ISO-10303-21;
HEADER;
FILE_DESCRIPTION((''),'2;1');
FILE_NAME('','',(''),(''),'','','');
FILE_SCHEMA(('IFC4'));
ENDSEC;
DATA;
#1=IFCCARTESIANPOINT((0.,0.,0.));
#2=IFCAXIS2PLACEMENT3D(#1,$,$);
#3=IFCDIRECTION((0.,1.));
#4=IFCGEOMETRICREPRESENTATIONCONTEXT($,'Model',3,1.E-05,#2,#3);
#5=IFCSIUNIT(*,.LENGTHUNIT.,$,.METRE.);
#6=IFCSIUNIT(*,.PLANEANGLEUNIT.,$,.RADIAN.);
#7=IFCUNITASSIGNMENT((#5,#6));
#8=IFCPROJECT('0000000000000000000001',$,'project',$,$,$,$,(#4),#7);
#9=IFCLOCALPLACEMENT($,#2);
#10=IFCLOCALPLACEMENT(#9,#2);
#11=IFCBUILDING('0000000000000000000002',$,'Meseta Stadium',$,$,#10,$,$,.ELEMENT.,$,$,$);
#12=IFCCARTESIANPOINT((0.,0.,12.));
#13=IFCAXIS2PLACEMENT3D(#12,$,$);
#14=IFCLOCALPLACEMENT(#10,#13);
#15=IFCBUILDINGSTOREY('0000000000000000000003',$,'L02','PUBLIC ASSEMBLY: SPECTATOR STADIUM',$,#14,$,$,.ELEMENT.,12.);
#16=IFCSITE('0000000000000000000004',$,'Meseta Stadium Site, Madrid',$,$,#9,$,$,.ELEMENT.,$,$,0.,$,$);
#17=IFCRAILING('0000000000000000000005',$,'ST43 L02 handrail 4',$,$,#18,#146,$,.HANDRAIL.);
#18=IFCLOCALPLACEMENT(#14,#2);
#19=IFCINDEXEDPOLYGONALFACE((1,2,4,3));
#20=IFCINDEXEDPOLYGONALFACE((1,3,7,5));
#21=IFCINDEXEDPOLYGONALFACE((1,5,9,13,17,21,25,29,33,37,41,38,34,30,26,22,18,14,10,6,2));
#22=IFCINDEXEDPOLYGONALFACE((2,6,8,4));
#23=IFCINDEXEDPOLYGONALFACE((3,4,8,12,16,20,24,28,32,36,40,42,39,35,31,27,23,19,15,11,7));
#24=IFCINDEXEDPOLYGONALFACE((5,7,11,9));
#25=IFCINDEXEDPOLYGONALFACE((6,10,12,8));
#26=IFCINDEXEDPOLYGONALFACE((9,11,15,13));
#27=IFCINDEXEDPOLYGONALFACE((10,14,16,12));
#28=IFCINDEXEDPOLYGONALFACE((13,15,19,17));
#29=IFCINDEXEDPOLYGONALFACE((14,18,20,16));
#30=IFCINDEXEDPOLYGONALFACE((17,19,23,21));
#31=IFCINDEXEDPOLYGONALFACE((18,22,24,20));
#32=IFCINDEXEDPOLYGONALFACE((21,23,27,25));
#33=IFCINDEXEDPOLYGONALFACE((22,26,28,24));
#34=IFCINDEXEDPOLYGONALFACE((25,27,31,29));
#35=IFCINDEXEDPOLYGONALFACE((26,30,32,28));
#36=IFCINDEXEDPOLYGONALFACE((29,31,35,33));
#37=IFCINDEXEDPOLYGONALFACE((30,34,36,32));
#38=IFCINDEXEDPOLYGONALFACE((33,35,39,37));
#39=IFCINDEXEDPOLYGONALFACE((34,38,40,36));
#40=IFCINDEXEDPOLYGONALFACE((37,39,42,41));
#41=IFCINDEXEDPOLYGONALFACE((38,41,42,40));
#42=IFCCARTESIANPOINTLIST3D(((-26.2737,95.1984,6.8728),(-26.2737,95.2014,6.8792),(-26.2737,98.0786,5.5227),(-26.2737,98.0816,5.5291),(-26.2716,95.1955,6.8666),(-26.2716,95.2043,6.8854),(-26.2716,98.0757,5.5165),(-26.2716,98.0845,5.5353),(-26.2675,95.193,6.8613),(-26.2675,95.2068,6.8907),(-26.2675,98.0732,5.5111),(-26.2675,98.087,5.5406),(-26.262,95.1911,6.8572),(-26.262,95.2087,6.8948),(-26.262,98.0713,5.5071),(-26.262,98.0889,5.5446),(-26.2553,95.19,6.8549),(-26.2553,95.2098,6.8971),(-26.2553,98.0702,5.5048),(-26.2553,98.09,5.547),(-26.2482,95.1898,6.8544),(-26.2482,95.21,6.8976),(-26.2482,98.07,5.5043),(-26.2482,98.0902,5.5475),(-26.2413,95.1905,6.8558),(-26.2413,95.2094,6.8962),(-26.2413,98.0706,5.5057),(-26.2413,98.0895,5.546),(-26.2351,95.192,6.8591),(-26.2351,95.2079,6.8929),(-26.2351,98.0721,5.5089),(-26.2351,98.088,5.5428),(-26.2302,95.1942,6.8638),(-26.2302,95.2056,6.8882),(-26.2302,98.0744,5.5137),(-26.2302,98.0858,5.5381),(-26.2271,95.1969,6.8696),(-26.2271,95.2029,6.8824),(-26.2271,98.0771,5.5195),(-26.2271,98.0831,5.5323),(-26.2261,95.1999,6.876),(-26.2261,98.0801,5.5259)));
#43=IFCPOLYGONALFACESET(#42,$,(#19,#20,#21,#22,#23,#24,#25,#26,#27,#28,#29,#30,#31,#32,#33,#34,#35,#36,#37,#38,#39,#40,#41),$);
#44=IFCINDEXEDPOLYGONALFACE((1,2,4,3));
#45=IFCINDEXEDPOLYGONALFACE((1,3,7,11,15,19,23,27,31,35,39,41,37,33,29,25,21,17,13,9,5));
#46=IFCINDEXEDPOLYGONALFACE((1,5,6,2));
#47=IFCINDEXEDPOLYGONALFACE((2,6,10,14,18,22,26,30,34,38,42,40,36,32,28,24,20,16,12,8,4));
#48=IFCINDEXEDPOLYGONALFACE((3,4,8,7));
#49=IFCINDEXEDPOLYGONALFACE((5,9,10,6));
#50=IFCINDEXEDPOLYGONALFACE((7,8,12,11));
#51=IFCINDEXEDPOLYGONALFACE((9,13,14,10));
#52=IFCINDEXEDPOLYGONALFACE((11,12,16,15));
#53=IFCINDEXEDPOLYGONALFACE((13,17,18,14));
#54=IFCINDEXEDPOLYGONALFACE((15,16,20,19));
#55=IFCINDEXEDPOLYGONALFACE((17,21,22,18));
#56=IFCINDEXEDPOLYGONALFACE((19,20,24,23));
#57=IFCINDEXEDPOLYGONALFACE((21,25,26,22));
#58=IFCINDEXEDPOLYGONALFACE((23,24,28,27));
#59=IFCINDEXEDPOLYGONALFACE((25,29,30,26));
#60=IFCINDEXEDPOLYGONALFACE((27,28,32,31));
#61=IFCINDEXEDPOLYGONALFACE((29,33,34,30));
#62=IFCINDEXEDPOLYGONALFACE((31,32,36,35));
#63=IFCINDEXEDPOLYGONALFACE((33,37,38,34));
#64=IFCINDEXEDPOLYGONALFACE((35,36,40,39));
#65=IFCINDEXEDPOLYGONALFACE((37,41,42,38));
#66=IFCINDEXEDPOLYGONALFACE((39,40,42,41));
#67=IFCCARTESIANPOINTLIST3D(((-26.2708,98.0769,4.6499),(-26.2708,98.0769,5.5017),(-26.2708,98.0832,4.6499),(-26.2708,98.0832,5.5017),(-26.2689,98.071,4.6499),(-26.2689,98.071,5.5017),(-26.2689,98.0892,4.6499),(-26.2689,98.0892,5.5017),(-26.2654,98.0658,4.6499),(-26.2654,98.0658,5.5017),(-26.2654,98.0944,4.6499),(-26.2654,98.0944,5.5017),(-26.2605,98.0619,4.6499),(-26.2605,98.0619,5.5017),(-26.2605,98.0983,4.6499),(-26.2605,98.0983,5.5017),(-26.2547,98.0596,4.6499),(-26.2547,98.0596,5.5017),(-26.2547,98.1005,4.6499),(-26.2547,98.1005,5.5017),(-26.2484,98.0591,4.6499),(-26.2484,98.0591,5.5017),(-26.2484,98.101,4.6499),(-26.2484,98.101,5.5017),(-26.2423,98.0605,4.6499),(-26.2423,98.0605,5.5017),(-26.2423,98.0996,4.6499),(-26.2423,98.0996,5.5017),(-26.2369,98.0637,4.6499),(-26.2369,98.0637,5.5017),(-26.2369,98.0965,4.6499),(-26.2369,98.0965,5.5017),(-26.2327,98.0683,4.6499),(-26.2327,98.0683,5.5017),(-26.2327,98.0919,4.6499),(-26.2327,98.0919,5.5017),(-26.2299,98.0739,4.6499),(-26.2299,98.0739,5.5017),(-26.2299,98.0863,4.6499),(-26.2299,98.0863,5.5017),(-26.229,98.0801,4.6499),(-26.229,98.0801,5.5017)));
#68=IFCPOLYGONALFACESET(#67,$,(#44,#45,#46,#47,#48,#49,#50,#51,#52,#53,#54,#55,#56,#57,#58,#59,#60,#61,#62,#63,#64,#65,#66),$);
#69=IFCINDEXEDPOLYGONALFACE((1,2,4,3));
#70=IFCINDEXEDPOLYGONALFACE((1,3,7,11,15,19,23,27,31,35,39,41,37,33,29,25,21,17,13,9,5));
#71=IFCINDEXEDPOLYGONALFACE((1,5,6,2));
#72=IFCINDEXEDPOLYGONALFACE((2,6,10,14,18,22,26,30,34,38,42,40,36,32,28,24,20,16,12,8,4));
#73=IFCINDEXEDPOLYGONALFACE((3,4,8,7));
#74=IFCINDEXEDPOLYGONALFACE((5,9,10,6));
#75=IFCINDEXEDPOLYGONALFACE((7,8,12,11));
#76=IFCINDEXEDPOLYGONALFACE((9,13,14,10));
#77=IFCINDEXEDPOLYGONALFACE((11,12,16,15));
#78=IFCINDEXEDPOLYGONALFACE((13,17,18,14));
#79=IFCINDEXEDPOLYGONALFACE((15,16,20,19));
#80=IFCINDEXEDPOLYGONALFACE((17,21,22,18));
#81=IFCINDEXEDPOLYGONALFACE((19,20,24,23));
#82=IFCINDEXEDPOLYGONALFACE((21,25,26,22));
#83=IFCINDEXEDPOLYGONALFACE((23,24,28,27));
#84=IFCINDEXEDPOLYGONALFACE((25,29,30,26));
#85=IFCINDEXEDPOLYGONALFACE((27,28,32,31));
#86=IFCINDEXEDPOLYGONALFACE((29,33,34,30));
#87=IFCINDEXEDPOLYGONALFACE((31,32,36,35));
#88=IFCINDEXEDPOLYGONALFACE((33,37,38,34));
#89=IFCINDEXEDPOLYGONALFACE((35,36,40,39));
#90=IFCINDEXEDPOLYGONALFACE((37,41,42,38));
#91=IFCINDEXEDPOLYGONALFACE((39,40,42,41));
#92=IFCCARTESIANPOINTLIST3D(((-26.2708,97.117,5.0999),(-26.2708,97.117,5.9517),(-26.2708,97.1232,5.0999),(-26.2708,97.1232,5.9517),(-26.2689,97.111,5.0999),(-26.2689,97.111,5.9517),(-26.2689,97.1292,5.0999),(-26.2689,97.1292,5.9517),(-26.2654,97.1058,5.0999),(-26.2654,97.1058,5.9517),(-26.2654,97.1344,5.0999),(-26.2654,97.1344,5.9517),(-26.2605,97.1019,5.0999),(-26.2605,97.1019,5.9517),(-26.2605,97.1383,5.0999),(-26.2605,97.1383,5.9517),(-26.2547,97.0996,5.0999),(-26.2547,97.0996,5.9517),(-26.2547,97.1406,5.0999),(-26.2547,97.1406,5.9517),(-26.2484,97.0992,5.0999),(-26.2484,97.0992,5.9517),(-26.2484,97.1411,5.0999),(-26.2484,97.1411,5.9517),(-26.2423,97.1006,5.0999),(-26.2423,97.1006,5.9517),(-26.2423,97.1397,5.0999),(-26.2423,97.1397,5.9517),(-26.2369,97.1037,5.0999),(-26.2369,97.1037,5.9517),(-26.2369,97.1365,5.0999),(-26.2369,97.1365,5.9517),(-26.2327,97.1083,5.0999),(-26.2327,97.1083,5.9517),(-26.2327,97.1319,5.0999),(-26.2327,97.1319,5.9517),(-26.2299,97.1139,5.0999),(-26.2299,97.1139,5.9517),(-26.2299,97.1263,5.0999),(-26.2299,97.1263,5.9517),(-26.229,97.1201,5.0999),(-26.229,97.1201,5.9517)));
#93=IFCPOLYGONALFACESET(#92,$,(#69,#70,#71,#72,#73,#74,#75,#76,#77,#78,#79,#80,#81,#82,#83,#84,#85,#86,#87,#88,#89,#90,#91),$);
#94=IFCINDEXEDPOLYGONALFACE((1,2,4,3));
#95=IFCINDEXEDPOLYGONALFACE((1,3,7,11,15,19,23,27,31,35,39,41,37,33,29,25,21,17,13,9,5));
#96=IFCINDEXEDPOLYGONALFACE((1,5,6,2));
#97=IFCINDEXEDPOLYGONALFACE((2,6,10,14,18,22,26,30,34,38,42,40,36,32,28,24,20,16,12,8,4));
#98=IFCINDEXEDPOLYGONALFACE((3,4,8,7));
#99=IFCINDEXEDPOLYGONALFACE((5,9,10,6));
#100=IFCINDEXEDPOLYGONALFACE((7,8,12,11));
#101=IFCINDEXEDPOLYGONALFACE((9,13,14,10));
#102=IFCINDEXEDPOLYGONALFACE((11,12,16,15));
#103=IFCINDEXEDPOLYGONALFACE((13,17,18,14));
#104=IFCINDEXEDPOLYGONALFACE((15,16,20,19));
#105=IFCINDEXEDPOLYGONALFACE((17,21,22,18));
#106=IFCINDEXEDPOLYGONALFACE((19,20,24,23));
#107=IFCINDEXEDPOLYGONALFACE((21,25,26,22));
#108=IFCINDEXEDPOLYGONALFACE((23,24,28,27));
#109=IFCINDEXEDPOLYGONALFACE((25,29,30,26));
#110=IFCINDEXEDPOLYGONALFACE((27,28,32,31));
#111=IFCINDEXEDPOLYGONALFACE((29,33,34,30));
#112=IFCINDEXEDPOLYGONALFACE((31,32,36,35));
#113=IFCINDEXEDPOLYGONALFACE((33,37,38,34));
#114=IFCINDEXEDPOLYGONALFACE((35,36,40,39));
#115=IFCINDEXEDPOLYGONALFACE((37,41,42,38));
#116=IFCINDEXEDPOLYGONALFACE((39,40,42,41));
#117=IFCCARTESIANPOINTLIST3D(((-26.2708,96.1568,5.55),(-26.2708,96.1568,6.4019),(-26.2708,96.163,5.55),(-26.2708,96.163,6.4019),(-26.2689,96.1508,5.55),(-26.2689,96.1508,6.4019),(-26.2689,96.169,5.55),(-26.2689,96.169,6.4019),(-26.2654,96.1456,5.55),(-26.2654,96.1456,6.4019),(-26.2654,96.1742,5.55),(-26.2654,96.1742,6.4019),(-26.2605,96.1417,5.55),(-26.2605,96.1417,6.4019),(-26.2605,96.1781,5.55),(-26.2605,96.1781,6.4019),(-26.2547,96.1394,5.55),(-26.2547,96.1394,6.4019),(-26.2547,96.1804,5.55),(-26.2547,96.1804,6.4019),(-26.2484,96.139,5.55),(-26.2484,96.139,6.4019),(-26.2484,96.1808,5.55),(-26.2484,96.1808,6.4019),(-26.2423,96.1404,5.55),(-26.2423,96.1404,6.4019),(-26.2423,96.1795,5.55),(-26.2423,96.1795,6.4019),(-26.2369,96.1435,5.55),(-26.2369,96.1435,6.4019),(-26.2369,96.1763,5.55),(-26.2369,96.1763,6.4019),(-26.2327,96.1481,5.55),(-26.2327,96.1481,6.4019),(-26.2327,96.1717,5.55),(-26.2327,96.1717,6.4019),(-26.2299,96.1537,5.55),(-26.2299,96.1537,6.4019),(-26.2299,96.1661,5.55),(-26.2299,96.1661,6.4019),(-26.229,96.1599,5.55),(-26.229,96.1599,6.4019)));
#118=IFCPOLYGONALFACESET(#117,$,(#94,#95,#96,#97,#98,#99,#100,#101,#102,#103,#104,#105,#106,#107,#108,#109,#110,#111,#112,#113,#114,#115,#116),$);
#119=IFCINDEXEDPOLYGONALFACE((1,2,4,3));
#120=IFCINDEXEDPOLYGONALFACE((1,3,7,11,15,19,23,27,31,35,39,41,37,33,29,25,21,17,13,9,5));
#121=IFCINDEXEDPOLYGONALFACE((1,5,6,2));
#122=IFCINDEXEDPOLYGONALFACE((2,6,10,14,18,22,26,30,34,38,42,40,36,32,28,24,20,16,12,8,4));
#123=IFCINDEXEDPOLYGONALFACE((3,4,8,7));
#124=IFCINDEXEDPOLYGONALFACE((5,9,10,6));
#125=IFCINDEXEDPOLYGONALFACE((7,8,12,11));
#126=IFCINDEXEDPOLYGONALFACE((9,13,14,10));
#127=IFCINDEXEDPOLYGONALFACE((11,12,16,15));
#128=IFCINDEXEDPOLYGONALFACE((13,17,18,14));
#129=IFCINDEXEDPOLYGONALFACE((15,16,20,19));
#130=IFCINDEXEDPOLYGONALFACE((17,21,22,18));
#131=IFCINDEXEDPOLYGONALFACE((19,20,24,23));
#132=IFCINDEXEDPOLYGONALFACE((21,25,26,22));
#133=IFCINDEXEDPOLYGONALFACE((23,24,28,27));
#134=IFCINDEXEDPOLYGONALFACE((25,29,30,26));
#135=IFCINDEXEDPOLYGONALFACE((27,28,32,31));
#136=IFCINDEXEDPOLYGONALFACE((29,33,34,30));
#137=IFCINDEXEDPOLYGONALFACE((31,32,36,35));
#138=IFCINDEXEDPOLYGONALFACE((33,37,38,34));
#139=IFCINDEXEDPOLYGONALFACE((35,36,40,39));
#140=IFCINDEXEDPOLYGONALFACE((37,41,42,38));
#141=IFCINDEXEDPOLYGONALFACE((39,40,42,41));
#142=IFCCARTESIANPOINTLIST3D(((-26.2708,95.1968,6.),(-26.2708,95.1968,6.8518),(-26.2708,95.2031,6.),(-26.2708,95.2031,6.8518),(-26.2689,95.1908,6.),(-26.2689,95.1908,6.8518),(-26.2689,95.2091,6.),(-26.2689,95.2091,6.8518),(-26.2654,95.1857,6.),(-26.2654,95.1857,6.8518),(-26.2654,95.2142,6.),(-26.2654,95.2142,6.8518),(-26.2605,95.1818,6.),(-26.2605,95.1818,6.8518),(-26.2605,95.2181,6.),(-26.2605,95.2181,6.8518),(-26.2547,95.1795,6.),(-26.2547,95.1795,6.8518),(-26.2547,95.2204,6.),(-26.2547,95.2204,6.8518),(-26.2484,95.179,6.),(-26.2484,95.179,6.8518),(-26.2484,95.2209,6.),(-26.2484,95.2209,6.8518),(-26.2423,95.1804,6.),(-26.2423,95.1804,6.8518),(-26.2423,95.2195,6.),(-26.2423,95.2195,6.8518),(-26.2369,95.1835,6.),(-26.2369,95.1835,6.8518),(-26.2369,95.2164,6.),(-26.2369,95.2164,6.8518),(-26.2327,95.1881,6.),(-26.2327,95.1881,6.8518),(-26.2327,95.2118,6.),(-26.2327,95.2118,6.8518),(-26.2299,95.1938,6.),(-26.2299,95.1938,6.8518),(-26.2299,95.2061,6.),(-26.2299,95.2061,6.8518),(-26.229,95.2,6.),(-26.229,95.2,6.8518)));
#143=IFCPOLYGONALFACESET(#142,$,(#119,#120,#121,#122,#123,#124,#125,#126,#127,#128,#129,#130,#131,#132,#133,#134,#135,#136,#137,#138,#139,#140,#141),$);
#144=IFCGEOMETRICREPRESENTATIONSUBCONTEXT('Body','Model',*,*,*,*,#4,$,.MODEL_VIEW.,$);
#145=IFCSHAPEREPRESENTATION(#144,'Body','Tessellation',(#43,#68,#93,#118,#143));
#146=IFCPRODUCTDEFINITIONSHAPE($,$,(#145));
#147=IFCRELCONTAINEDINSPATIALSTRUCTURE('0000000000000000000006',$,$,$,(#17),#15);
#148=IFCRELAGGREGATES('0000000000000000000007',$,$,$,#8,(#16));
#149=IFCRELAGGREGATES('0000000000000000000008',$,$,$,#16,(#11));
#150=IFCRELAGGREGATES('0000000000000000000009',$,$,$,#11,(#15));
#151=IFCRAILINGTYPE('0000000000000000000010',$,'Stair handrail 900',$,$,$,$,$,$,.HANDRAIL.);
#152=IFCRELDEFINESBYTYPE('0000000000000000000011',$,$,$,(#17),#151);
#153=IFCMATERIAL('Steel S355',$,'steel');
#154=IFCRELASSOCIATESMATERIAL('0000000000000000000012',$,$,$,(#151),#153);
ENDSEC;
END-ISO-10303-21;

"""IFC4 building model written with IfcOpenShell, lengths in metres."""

from ifc_helpers import new_model, si_unit, direction, frame, origin, origin_2d, place, context, subcontext, project, spatial, circle, extrude, material, type_object, element, save


model = new_model("IFC4")

# Units and contexts
model_context = context("Model", 3, precision=1e-05, world=origin(), true_north=direction((0.0, 1.0)))
body_context = subcontext(model_context, "Body", "Model", "MODEL_VIEW")
ifc_project = project(units=[si_unit("LENGTHUNIT", "METRE"), si_unit("PLANEANGLEUNIT", "RADIAN")], contexts=[model_context])

# Site, building, storey
site_placement = place(None, origin())
site = spatial("IfcSite", under=ifc_project, at=site_placement, Name="Meseta Stadium Site, Madrid", CompositionType="ELEMENT", RefElevation=0.0)
building_placement = place(site_placement, origin())
building = spatial("IfcBuilding", under=site, at=building_placement, Name="Meseta Stadium", CompositionType="ELEMENT")
storey_placement = place(building_placement, frame((0.0, 0.0, 12.0)))
storey = spatial("IfcBuildingStorey", under=building, at=storey_placement, Name="L02", Description="PUBLIC ASSEMBLY: SPECTATOR STADIUM", CompositionType="ELEMENT", Elevation=12.0)

# Railing
ifc_material_1 = material(Name="Steel S355", Category="steel")
railing_type_1 = type_object("IfcRailingType", Name="Stair handrail 900", PredefinedType="HANDRAIL", material=ifc_material_1)
for number, where, name in (
    (1, (-26.25, 98.0801, 4.6499), "ST43 L02 handrail 4"),
):
    element("IfcRailing", number, at=place(storey_placement, frame(where)), inside=storey, type_object=railing_type_1, Name=name, PredefinedType="HANDRAIL", context=body_context, shape_type="SweptSolid", body=[
        extrude(circle(Radius=0.0239, at=origin_2d()), frame((0.0, 0.0, 0.876), z_axis=(0.0, -0.905454, 0.424444), x_axis=(1.0, 0.0, 0.0)), (0.0, 0.0, 1.0), 3.1809),
        extrude(circle(Radius=0.021, at=origin_2d()), origin(), (0.0, 0.0, 1.0), 0.8518),
        extrude(circle(Radius=0.021, at=origin_2d()), frame((0.0, -0.96, 0.45)), (0.0, 0.0, 1.0), 0.8518),
        extrude(circle(Radius=0.021, at=origin_2d()), frame((0.0, -1.9202, 0.9001)), (0.0, 0.0, 1.0), 0.8518),
        extrude(circle(Radius=0.021, at=origin_2d()), frame((0.0, -2.8801, 1.3501)), (0.0, 0.0, 1.0), 0.8518),
    ])

save(model, "model.ifc")
